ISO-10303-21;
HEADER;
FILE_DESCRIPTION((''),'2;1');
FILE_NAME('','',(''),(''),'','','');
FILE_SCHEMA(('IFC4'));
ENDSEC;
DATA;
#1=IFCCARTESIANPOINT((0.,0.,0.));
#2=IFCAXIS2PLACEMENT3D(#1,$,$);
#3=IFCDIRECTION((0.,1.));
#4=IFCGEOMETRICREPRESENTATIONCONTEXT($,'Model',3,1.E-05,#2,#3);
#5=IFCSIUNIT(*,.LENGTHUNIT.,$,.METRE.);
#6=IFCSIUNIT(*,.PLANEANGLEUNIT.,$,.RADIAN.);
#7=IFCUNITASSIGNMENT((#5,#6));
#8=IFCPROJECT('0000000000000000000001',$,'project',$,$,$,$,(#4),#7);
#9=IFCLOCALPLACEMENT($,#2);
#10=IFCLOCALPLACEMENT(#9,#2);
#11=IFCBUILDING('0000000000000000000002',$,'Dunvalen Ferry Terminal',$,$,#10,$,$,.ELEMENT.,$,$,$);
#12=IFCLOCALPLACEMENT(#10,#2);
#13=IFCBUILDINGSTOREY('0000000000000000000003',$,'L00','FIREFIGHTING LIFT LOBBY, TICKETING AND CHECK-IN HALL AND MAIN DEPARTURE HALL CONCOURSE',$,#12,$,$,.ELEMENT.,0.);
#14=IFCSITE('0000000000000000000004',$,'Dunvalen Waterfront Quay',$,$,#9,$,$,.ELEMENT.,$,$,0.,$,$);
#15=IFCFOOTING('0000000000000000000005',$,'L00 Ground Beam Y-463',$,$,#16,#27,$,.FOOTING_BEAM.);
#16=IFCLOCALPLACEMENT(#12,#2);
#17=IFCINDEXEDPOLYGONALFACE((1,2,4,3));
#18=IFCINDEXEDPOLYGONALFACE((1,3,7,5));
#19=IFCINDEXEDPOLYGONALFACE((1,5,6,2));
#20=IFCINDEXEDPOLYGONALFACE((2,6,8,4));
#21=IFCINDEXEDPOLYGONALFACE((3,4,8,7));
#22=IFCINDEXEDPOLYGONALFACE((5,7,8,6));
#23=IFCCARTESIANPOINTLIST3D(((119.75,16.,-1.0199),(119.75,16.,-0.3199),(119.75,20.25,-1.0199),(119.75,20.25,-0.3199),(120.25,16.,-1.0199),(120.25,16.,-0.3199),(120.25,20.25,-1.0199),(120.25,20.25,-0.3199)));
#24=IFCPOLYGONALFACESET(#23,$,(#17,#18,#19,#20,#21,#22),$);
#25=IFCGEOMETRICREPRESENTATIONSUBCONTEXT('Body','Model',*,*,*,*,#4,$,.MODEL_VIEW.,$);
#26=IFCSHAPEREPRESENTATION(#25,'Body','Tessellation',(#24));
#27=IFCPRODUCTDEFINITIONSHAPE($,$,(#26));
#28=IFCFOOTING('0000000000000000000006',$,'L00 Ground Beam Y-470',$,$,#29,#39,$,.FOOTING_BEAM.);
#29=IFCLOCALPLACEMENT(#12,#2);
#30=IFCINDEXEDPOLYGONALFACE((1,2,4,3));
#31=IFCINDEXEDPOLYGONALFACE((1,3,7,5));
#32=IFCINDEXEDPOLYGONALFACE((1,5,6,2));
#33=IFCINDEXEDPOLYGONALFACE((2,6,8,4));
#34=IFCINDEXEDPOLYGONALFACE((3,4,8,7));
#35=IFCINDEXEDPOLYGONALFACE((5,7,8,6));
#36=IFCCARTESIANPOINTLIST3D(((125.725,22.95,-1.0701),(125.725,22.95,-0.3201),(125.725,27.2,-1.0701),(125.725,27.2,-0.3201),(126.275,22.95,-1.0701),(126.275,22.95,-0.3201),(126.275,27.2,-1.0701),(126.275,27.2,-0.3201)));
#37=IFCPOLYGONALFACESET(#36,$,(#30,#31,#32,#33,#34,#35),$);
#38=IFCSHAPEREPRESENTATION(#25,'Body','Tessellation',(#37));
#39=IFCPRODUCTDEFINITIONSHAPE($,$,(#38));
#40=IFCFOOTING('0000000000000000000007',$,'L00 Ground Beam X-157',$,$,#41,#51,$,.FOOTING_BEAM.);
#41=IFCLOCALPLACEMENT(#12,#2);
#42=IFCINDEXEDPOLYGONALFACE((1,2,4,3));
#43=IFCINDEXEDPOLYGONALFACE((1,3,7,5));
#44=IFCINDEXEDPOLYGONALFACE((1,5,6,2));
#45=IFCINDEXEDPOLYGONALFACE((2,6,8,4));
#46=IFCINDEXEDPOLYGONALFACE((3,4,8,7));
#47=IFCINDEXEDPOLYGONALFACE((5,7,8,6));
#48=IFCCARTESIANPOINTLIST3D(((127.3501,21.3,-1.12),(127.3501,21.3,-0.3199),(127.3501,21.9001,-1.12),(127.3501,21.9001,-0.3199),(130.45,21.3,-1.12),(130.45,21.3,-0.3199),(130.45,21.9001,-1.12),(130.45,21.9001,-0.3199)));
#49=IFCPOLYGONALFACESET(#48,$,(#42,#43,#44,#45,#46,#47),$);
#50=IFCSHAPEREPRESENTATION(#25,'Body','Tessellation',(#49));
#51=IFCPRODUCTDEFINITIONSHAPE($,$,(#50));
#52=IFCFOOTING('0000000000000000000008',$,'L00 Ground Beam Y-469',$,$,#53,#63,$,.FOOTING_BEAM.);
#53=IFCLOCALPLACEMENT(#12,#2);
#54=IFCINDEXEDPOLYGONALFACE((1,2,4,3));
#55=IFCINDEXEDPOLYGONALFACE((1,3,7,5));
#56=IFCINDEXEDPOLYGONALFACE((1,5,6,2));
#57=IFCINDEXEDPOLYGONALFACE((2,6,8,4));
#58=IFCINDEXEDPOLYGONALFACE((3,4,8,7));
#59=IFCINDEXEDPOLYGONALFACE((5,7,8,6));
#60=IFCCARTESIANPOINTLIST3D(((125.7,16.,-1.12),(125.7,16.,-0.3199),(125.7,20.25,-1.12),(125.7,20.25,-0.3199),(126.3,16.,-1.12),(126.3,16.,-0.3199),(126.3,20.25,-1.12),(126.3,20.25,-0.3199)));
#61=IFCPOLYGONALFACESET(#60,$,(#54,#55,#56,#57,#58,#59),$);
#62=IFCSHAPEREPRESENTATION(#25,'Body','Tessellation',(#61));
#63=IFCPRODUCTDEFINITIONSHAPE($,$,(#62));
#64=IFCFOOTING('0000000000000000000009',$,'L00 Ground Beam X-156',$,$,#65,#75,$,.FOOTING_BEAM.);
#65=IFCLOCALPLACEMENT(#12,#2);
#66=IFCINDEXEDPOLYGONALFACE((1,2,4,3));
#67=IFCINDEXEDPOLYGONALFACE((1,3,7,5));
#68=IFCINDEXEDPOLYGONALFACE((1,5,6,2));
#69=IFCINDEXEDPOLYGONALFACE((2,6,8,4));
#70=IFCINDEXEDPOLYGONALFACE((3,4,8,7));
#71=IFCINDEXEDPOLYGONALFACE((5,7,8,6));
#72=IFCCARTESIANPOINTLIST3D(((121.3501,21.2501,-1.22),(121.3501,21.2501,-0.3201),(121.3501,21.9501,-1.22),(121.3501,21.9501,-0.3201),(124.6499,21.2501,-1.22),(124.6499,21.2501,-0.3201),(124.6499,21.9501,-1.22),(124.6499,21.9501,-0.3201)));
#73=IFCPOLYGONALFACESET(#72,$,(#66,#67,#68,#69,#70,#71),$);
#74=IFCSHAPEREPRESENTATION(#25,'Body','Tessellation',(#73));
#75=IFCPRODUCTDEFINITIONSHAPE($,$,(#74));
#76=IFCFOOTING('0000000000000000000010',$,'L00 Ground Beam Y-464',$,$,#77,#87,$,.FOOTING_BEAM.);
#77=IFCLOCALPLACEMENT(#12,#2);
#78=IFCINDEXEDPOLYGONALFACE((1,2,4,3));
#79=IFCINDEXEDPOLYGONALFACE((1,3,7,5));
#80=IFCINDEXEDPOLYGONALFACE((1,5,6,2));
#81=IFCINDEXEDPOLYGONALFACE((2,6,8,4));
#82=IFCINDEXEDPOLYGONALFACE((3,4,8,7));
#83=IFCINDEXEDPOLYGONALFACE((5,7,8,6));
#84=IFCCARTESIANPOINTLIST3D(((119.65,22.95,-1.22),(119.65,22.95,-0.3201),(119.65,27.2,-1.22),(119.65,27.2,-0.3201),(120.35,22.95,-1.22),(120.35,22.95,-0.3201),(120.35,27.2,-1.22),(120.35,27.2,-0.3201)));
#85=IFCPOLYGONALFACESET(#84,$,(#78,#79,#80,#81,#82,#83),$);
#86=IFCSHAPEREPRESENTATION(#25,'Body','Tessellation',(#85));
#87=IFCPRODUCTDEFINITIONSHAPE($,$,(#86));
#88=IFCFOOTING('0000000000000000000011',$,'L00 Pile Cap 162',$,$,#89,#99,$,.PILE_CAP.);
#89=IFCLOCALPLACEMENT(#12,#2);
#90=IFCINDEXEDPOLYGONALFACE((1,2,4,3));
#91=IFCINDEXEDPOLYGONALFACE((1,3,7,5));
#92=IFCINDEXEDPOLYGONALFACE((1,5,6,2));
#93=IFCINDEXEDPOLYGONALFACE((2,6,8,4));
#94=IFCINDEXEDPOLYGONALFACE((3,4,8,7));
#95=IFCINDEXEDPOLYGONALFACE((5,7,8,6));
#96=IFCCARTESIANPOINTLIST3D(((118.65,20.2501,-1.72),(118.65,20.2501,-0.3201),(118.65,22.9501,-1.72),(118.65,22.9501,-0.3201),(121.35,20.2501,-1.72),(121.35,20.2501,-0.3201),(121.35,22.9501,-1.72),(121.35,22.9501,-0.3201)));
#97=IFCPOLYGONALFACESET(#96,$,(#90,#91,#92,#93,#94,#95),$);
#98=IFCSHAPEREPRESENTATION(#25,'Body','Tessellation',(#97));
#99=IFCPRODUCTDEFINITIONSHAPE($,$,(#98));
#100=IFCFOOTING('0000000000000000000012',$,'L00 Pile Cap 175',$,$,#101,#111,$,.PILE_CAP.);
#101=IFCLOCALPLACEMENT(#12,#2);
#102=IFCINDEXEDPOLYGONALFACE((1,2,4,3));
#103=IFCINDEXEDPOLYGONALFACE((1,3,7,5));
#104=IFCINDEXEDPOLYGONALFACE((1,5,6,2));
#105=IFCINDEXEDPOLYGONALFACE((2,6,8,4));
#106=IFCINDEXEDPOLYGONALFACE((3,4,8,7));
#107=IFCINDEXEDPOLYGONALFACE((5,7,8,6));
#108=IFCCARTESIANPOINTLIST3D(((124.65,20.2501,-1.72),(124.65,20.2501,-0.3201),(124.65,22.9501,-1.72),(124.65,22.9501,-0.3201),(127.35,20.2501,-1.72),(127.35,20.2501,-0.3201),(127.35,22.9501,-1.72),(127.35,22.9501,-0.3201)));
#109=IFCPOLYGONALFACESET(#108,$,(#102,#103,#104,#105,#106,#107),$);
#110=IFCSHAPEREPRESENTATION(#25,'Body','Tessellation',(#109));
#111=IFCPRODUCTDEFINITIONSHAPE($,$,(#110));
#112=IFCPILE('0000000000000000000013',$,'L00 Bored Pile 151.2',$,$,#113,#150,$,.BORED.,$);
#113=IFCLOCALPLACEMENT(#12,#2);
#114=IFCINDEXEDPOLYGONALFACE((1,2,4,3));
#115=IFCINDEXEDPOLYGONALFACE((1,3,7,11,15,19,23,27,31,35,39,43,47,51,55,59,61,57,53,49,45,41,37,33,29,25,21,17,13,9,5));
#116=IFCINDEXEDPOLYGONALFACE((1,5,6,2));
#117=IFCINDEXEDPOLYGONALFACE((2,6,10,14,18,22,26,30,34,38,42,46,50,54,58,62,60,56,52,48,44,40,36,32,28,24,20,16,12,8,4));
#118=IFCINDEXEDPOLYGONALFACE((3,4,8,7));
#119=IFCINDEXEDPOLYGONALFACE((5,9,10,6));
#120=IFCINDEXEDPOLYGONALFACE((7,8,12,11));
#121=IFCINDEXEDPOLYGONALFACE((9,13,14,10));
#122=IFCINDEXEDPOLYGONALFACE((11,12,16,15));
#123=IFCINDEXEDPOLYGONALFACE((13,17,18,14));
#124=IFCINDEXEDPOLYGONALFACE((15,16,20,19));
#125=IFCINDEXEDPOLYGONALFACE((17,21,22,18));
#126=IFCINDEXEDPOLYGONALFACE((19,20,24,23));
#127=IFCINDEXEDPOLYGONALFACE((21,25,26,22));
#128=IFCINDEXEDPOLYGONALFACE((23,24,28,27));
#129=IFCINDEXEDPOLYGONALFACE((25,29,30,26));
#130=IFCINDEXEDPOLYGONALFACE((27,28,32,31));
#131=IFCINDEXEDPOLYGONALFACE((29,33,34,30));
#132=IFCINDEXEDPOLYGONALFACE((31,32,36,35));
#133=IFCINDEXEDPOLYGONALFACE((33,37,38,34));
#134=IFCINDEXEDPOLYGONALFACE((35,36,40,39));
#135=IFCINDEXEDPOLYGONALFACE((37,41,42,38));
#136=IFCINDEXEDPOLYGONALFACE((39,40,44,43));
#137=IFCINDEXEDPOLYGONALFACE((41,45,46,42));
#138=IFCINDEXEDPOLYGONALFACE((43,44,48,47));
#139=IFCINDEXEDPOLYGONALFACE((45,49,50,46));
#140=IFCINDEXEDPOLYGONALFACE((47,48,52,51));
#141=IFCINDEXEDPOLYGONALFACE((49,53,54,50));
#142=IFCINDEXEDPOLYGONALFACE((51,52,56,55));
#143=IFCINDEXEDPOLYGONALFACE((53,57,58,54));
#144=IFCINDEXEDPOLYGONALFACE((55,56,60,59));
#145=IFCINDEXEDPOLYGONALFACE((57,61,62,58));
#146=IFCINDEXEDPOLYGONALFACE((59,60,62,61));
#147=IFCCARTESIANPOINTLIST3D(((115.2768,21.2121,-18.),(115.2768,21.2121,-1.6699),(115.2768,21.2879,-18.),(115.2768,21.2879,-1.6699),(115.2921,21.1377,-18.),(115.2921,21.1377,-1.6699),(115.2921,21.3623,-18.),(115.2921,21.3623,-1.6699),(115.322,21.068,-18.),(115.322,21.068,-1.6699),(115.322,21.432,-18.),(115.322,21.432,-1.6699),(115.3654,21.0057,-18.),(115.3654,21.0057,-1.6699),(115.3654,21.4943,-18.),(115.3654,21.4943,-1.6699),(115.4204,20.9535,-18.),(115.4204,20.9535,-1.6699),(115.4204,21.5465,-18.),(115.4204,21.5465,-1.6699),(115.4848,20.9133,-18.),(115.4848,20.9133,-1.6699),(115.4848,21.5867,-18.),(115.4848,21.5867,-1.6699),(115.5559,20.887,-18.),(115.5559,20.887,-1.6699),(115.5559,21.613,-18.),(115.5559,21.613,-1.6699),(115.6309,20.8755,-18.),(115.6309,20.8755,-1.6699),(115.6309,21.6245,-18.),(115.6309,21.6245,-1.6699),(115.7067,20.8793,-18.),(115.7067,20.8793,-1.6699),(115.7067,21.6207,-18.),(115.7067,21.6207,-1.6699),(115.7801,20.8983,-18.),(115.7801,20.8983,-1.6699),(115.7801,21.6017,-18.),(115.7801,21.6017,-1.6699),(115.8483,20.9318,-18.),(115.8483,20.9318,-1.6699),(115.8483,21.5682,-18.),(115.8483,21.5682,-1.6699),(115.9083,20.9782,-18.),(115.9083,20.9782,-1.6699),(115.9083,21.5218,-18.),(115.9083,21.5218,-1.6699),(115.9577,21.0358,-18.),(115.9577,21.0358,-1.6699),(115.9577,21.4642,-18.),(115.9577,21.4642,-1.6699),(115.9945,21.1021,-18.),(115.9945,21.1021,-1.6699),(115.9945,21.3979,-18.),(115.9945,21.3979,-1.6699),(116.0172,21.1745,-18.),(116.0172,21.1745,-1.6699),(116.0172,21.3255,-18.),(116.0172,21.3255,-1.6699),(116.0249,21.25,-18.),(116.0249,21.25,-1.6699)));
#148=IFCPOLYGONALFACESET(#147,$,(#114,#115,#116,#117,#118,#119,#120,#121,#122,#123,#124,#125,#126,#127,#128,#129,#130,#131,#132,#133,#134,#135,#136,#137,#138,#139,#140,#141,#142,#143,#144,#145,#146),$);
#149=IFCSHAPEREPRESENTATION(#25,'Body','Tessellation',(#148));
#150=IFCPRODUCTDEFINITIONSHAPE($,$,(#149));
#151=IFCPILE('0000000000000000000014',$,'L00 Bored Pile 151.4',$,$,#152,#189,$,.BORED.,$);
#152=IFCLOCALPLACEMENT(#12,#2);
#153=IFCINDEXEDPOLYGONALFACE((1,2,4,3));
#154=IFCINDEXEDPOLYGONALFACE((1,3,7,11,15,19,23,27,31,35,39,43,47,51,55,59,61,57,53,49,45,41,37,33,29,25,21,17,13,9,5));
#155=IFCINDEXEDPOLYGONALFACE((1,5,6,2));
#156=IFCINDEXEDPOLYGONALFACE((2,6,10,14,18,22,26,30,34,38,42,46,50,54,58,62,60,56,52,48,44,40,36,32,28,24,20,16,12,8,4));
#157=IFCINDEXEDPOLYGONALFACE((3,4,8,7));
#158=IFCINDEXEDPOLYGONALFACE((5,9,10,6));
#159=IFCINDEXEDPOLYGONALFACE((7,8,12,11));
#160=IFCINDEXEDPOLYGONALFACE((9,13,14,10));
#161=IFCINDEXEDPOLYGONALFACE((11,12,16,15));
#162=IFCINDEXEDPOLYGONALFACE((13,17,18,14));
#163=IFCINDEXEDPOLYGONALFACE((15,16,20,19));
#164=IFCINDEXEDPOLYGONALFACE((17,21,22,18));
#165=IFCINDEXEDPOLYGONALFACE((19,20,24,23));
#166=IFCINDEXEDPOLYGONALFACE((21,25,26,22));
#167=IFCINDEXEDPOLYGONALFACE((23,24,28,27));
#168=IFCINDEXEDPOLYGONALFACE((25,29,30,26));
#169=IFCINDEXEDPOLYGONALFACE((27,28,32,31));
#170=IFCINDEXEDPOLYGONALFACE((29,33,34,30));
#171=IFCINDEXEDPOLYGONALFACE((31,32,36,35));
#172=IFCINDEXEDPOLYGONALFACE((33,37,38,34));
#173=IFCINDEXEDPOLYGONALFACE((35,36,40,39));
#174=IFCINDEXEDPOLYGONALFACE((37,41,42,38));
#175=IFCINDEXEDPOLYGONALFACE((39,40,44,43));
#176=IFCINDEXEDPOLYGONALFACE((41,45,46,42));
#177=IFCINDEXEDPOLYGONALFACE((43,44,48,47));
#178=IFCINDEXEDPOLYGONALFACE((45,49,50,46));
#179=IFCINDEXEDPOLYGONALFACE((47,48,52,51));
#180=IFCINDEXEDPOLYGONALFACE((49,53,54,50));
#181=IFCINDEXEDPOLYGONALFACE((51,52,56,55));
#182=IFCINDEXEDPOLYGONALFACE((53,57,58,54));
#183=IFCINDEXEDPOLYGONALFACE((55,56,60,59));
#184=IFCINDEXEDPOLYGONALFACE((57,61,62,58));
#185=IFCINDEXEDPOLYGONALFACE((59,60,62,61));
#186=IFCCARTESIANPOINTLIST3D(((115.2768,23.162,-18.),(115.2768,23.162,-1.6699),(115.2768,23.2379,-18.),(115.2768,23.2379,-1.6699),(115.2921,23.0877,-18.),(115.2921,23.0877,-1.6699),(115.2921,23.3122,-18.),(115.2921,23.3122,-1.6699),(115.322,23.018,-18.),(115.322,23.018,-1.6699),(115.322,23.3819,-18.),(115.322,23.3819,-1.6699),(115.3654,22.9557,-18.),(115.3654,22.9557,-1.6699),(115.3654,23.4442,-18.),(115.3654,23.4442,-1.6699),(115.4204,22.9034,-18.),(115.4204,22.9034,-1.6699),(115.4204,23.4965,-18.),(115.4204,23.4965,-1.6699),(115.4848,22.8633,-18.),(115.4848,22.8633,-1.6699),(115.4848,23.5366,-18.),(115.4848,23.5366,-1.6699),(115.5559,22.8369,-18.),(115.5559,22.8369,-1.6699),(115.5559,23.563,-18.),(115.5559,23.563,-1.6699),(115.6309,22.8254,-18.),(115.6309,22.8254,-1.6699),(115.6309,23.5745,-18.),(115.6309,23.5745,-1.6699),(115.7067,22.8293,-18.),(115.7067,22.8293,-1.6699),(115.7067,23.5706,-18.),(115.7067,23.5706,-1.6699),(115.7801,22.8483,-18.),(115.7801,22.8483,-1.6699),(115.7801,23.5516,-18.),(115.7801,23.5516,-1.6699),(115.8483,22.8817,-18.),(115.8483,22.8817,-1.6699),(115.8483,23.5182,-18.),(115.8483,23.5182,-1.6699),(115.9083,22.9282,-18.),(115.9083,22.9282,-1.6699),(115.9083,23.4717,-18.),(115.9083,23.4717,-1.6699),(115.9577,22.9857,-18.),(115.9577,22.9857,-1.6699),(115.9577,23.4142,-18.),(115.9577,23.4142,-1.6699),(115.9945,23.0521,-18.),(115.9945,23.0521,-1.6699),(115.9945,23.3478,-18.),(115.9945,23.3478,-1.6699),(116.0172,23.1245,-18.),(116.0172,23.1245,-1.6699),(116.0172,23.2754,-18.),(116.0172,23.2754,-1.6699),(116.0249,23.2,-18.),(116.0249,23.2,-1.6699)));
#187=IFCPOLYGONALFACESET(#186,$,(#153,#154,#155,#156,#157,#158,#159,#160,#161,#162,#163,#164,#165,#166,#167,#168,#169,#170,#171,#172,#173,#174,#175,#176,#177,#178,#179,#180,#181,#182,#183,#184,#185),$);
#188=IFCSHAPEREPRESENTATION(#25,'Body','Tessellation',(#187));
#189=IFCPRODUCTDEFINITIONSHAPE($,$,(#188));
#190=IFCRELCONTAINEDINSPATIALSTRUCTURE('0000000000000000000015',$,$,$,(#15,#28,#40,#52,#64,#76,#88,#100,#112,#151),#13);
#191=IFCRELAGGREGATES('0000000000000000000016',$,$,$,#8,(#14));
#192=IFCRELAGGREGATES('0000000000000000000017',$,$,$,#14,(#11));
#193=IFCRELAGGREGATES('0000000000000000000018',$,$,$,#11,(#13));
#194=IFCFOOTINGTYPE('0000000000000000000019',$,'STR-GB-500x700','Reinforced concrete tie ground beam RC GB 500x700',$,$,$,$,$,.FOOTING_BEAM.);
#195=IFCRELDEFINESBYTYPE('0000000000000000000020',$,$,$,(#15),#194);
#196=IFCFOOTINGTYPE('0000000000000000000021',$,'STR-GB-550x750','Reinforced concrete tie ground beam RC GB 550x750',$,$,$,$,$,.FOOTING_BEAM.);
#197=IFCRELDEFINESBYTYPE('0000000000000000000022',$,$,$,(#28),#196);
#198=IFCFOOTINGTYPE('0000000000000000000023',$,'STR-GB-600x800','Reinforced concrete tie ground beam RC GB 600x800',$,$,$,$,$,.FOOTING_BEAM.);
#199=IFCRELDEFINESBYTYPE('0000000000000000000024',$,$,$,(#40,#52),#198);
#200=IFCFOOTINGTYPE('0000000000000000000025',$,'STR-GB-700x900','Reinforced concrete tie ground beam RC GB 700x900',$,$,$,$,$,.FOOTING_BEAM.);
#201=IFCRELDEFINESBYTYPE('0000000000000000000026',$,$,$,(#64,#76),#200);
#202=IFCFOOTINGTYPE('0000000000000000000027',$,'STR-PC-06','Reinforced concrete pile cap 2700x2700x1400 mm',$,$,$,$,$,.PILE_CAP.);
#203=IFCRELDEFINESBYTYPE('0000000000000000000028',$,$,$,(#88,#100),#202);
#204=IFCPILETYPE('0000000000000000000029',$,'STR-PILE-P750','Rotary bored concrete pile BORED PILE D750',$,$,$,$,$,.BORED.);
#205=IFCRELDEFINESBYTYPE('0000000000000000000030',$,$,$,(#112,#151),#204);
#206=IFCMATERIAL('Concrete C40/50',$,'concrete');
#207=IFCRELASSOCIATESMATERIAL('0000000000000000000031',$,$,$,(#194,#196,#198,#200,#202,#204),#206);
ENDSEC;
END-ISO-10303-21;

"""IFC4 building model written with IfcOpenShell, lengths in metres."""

from ifc_helpers import new_model, si_unit, direction, frame, origin, origin_2d, place, context, subcontext, project, spatial, rectangle, circle, extrude, material, material_profile, profile_set, type_object, element, save


model = new_model("IFC4")

# Units and contexts
model_context = context("Model", 3, precision=1e-05, world=origin(), true_north=direction((0.0, 1.0)))
body_context = subcontext(model_context, "Body", "Model", "MODEL_VIEW")
ifc_project = project(units=[si_unit("LENGTHUNIT", "METRE"), si_unit("PLANEANGLEUNIT", "RADIAN")], contexts=[model_context])

# Site, building, storey
site_placement = place(None, origin())
site = spatial("IfcSite", under=ifc_project, at=site_placement, Name="Dunvalen Waterfront Quay", CompositionType="ELEMENT", RefElevation=0.0)
building_placement = place(site_placement, origin())
building = spatial("IfcBuilding", under=site, at=building_placement, Name="Dunvalen Ferry Terminal", CompositionType="ELEMENT")
storey_placement = place(building_placement, origin())
storey = spatial("IfcBuildingStorey", under=building, at=storey_placement, Name="L00", Description="FIREFIGHTING LIFT LOBBY, TICKETING AND CHECK-IN HALL AND MAIN DEPARTURE HALL CONCOURSE", CompositionType="ELEMENT", Elevation=0.0)

# Footings
ifc_material_1 = material(Name="Concrete C40/50", Category="concrete")
ifc_material_profile_1 = material_profile(ifc_material_1, rectangle(XDim=0.5, YDim=0.7, at=origin_2d()), Name="Concrete C40/50")
ifc_profile_set_1 = profile_set([ifc_material_profile_1], Name="Concrete C40/50")
footing_type_1 = type_object("IfcFootingType", Name="STR-GB-500x700", Description="Reinforced concrete tie ground beam RC GB 500x700", PredefinedType="FOOTING_BEAM", material=ifc_profile_set_1)
footing_1_placement = place(storey_placement, frame((120.0, 16.0, -0.6699), z_axis=(0.0, 1.0, 0.0), x_axis=(-1.0, 0.0, 0.0)))
element("IfcFooting", 1, at=footing_1_placement, inside=storey, type_object=footing_type_1, Name="L00 Ground Beam Y-463", PredefinedType="FOOTING_BEAM", context=body_context, shape_type="SweptSolid", body=[
    extrude(rectangle(XDim=0.5, YDim=0.7, at=origin_2d()), origin(), (0.0, 0.0, 1.0), 4.25),
])
ifc_material_profile_2 = material_profile(ifc_material_1, rectangle(XDim=0.55, YDim=0.75, at=origin_2d()), Name="Concrete C40/50")
ifc_profile_set_2 = profile_set([ifc_material_profile_2], Name="Concrete C40/50")
footing_type_2 = type_object("IfcFootingType", Name="STR-GB-550x750", Description="Reinforced concrete tie ground beam RC GB 550x750", PredefinedType="FOOTING_BEAM", material=ifc_profile_set_2)
footing_2_placement = place(storey_placement, frame((126.0, 22.95, -0.6951), z_axis=(0.0, 1.0, 0.0), x_axis=(-1.0, 0.0, 0.0)))
element("IfcFooting", 2, at=footing_2_placement, inside=storey, type_object=footing_type_2, Name="L00 Ground Beam Y-470", PredefinedType="FOOTING_BEAM", context=body_context, shape_type="SweptSolid", body=[
    extrude(rectangle(XDim=0.55, YDim=0.75, at=origin_2d()), origin(), (0.0, 0.0, 1.0), 4.25),
])
ifc_material_profile_3 = material_profile(ifc_material_1, rectangle(XDim=0.6001, YDim=0.8, at=origin_2d()), Name="Concrete C40/50")
ifc_profile_set_3 = profile_set([ifc_material_profile_3], Name="Concrete C40/50")
footing_type_3 = type_object("IfcFootingType", Name="STR-GB-600x800", Description="Reinforced concrete tie ground beam RC GB 600x800", PredefinedType="FOOTING_BEAM", material=ifc_profile_set_3)
footing_3_placement = place(storey_placement, frame((127.3501, 21.6001, -0.72), z_axis=(1.0, 0.0, 0.0), x_axis=(0.0, 1.0, 0.0)))
element("IfcFooting", 3, at=footing_3_placement, inside=storey, type_object=footing_type_3, Name="L00 Ground Beam X-157", PredefinedType="FOOTING_BEAM", context=body_context, shape_type="SweptSolid", body=[
    extrude(rectangle(XDim=0.6001, YDim=0.8, at=origin_2d()), origin(), (0.0, 0.0, 1.0), 3.0999),
])
footing_4_placement = place(storey_placement, frame((126.0, 16.0, -0.72), z_axis=(0.0, 1.0, 0.0), x_axis=(-1.0, 0.0, 0.0)))
element("IfcFooting", 4, at=footing_4_placement, inside=storey, type_object=footing_type_3, Name="L00 Ground Beam Y-469", PredefinedType="FOOTING_BEAM", context=body_context, shape_type="SweptSolid", body=[
    extrude(rectangle(XDim=0.6001, YDim=0.8, at=origin_2d()), origin(), (0.0, 0.0, 1.0), 4.25),
])
ifc_material_profile_4 = material_profile(ifc_material_1, rectangle(XDim=0.7, YDim=0.8999, at=origin_2d()), Name="Concrete C40/50")
ifc_profile_set_4 = profile_set([ifc_material_profile_4], Name="Concrete C40/50")
footing_type_4 = type_object("IfcFootingType", Name="STR-GB-700x900", Description="Reinforced concrete tie ground beam RC GB 700x900", PredefinedType="FOOTING_BEAM", material=ifc_profile_set_4)
footing_5_placement = place(storey_placement, frame((121.3501, 21.6001, -0.77), z_axis=(1.0, 0.0, 0.0), x_axis=(0.0, 1.0, 0.0)))
element("IfcFooting", 5, at=footing_5_placement, inside=storey, type_object=footing_type_4, Name="L00 Ground Beam X-156", PredefinedType="FOOTING_BEAM", context=body_context, shape_type="SweptSolid", body=[
    extrude(rectangle(XDim=0.7, YDim=0.8999, at=origin_2d()), origin(), (0.0, 0.0, 1.0), 3.2998),
])
footing_6_placement = place(storey_placement, frame((120.0, 22.95, -0.77), z_axis=(0.0, 1.0, 0.0), x_axis=(-1.0, 0.0, 0.0)))
element("IfcFooting", 6, at=footing_6_placement, inside=storey, type_object=footing_type_4, Name="L00 Ground Beam Y-464", PredefinedType="FOOTING_BEAM", context=body_context, shape_type="SweptSolid", body=[
    extrude(rectangle(XDim=0.7, YDim=0.8999, at=origin_2d()), origin(), (0.0, 0.0, 1.0), 4.25),
])
footing_type_5 = type_object("IfcFootingType", Name="STR-PC-06", Description="Reinforced concrete pile cap 2700x2700x1400 mm", PredefinedType="PILE_CAP", material=ifc_material_1)
for number, where, z_axis, x_axis, name in (
    (7, (120.0, 21.6001, -1.72), (0.0, 0.0, 1.0), (1.0, 0.0, 0.0), "L00 Pile Cap 162"),
    (8, (126.0, 21.6001, -1.72), (0.0, 0.0, 1.0), (1.0, 0.0, 0.0), "L00 Pile Cap 175"),
):
    element("IfcFooting", number, at=place(storey_placement, frame(where, z_axis=z_axis, x_axis=x_axis)), inside=storey, type_object=footing_type_5, Name=name, PredefinedType="PILE_CAP", context=body_context, shape_type="SweptSolid", body=[
        extrude(rectangle(XDim=2.7, YDim=2.7, at=origin_2d()), origin(), (0.0, 0.0, 1.0), 1.3999),
    ])

# Piles
ifc_material_profile_5 = material_profile(ifc_material_1, circle(Radius=0.375, at=origin_2d()), Name="Concrete C40/50")
ifc_profile_set_5 = profile_set([ifc_material_profile_5], Name="Concrete C40/50")
pile_type = type_object("IfcPileType", Name="STR-PILE-P750", Description="Rotary bored concrete pile BORED PILE D750", PredefinedType="BORED", material=ifc_profile_set_5)
for number, where, z_axis, x_axis, name in (
    (9, (115.6499, 21.25, -1.6699), (0.0, 0.0, -1.0), (1.0, 0.0, 0.0), "L00 Bored Pile 151.2"),
    (10, (115.6499, 23.2, -1.6699), (0.0, 0.0, -1.0), (1.0, 0.0, 0.0), "L00 Bored Pile 151.4"),
):
    element("IfcPile", number, at=place(storey_placement, frame(where, z_axis=z_axis, x_axis=x_axis)), inside=storey, type_object=pile_type, Name=name, PredefinedType="BORED", context=body_context, shape_type="SweptSolid", body=[
        extrude(circle(Radius=0.375, at=origin_2d()), origin(), (0.0, 0.0, 1.0), 16.3301),
    ])

save(model, "model.ifc")
